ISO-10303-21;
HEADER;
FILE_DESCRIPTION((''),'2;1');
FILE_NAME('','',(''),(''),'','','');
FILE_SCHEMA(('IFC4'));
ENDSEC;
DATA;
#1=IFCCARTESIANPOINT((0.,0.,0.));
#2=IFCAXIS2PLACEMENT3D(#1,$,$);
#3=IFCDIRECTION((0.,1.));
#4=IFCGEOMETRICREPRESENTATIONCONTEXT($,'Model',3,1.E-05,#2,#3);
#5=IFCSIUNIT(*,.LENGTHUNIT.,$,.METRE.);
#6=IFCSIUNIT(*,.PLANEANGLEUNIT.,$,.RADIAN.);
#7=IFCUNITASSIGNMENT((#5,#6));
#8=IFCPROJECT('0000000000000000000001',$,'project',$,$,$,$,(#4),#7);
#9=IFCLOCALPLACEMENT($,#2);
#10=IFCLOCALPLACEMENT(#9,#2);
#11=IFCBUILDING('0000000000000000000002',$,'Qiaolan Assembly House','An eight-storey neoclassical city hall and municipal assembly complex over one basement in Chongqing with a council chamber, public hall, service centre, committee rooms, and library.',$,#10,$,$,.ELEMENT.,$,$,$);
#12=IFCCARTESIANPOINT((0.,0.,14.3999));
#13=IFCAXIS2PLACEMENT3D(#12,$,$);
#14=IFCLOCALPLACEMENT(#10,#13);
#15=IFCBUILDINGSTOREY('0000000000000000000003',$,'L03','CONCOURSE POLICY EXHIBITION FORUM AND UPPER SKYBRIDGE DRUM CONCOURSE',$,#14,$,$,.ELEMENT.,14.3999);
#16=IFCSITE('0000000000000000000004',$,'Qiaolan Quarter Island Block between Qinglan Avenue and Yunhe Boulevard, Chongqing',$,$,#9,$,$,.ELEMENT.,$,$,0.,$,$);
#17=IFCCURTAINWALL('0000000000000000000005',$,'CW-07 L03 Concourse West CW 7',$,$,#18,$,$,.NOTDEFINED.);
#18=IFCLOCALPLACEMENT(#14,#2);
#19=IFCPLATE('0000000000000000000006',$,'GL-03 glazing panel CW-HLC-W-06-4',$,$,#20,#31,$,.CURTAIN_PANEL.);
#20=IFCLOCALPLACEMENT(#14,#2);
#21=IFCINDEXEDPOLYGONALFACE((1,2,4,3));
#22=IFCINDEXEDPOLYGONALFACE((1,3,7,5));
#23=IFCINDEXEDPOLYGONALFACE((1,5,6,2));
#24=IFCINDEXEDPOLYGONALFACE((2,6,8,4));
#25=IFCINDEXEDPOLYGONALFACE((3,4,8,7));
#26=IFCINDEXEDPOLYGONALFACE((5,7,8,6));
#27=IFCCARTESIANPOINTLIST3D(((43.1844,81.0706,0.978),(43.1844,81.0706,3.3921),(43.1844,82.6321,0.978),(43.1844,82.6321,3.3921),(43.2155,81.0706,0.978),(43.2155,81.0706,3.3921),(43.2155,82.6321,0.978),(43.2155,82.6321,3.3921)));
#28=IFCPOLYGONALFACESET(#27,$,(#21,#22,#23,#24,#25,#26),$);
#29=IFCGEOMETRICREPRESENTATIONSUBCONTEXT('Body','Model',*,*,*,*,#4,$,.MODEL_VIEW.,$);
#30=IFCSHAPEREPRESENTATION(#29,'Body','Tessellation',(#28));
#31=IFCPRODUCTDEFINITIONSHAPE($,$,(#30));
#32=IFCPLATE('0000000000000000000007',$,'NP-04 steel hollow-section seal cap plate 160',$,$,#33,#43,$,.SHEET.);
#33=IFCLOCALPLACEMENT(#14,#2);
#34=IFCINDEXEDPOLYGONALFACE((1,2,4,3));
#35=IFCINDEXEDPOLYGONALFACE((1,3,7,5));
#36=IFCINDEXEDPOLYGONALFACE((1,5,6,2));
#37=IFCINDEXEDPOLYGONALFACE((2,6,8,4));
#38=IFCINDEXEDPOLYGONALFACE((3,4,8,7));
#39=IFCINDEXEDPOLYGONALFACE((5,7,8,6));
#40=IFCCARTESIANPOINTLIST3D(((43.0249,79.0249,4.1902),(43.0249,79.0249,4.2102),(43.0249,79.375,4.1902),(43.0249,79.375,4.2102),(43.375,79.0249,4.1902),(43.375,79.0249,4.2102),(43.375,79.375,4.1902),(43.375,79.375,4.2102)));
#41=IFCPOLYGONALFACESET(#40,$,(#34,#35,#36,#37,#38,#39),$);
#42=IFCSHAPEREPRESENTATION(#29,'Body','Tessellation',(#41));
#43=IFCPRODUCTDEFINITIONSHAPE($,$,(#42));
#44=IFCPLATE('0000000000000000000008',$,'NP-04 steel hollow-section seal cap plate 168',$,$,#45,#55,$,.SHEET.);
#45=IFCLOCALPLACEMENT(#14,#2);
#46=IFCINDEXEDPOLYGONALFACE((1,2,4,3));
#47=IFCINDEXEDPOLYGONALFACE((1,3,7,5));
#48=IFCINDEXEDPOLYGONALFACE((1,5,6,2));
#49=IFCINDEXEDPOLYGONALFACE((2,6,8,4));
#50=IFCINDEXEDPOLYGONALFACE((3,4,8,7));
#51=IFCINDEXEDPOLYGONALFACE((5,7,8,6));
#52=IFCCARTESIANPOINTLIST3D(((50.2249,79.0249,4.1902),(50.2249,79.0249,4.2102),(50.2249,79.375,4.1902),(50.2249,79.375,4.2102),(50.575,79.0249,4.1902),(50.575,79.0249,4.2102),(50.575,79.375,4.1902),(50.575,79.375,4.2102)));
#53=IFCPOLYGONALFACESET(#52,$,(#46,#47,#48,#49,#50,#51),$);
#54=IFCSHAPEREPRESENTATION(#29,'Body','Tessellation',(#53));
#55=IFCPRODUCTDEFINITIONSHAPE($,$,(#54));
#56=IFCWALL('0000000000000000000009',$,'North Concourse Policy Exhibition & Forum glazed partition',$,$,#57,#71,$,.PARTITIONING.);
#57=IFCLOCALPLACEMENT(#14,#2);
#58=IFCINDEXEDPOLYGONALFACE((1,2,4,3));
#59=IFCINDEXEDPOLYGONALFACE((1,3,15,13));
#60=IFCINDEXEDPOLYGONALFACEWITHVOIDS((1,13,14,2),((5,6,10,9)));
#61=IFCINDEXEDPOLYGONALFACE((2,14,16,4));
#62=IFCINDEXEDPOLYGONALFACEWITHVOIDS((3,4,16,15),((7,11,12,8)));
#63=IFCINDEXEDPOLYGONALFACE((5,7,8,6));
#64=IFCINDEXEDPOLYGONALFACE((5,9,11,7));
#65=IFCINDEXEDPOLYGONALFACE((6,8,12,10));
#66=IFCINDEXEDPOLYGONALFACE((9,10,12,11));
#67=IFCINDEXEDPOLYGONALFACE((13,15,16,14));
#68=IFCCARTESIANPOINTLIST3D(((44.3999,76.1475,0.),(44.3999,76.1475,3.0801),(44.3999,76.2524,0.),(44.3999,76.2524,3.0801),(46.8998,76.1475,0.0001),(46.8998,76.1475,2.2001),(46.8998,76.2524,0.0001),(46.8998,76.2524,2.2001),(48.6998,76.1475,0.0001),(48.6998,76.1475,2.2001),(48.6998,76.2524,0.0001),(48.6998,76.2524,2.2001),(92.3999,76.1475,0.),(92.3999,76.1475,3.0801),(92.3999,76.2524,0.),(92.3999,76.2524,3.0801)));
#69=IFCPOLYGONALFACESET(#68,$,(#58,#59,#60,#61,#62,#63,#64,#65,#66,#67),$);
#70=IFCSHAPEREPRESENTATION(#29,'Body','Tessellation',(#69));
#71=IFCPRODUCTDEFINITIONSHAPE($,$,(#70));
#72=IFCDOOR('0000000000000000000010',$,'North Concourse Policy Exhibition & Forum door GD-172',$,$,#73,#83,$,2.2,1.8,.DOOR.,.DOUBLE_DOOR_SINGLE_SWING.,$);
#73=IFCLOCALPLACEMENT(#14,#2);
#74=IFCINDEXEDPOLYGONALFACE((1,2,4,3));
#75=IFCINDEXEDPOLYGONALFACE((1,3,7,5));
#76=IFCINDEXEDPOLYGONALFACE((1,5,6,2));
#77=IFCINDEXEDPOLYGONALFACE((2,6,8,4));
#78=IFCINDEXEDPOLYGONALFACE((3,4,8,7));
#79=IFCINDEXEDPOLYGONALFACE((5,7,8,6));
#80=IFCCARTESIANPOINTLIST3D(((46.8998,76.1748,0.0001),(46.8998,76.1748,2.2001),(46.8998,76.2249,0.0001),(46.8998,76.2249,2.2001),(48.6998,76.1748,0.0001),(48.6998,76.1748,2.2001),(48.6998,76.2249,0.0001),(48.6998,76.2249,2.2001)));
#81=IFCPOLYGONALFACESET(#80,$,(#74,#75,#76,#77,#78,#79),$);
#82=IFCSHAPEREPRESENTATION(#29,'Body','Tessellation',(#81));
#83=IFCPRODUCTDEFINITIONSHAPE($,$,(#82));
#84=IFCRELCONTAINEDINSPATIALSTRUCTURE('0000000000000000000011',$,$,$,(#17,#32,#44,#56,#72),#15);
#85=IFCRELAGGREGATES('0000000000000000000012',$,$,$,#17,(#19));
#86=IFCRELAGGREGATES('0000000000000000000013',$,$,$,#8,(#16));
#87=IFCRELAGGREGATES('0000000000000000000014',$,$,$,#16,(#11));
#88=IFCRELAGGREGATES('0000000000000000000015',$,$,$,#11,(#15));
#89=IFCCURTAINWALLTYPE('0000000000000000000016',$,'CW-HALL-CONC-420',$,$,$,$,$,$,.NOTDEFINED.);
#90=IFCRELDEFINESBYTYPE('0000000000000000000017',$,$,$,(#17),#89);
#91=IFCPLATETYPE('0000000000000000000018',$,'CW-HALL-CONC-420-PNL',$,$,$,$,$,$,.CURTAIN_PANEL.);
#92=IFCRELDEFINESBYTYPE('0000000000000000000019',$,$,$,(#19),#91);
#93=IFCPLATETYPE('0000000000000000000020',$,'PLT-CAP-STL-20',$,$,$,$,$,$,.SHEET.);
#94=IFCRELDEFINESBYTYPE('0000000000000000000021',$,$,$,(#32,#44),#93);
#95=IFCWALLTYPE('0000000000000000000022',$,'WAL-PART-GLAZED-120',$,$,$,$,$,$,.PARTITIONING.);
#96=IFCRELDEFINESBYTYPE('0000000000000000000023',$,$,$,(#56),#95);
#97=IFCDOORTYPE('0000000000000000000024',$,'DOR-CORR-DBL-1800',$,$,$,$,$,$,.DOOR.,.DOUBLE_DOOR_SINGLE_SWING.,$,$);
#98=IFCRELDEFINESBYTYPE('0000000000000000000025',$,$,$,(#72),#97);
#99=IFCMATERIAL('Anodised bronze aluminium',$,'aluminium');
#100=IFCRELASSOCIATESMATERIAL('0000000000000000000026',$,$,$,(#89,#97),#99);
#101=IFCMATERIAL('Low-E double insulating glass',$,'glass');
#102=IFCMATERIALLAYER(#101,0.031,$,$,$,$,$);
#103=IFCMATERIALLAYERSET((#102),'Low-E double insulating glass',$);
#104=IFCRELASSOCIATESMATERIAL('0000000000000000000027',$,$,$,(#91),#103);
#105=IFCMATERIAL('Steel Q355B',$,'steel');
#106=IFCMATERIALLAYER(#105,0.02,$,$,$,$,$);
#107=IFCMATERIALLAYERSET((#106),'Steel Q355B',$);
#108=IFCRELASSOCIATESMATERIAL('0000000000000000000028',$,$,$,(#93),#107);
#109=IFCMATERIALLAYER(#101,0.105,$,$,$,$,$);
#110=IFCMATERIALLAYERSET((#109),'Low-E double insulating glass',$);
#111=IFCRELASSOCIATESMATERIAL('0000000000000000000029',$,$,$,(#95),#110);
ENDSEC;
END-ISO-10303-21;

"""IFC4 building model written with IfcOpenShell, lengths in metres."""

from ifc_helpers import new_model, si_unit, direction, frame, frame_2d, origin, origin_2d, place, context, subcontext, project, spatial, rectangle, extrude, material, layer, layer_set, type_object, element, fill, aggregate, save


model = new_model("IFC4")

# Units and contexts
model_context = context("Model", 3, precision=1e-05, world=origin(), true_north=direction((0.0, 1.0)))
body_context = subcontext(model_context, "Body", "Model", "MODEL_VIEW")
ifc_project = project(units=[si_unit("LENGTHUNIT", "METRE"), si_unit("PLANEANGLEUNIT", "RADIAN")], contexts=[model_context])

# Site, building, storey
site_placement = place(None, origin())
site = spatial("IfcSite", under=ifc_project, at=site_placement, Name="Qiaolan Quarter Island Block between Qinglan Avenue and Yunhe Boulevard, Chongqing", CompositionType="ELEMENT", RefElevation=0.0)
building_placement = place(site_placement, origin())
building = spatial("IfcBuilding", under=site, at=building_placement, Name="Qiaolan Assembly House", Description="An eight-storey neoclassical city hall and municipal assembly complex over one basement in Chongqing with a council chamber, public hall, service centre, committee rooms, and library.", CompositionType="ELEMENT")
storey_placement = place(building_placement, frame((0.0, 0.0, 14.3999)))
storey = spatial("IfcBuildingStorey", under=building, at=storey_placement, Name="L03", Description="CONCOURSE POLICY EXHIBITION FORUM AND UPPER SKYBRIDGE DRUM CONCOURSE", CompositionType="ELEMENT", Elevation=14.3999)

# Shared definitions
ifc_material_1 = material(Name="Steel Q355B", Category="steel")

# Curtain wall
ifc_material_2 = material(Name="Anodised bronze aluminium", Category="aluminium")
curtain_wall_type = type_object("IfcCurtainWallType", Name="CW-HALL-CONC-420", PredefinedType="NOTDEFINED", material=ifc_material_2)
curtain_wall_placement = place(storey_placement, origin())
curtain_wall = element("IfcCurtainWall", 1, at=curtain_wall_placement, inside=storey, type_object=curtain_wall_type, Name="CW-07 L03 Concourse West CW 7", PredefinedType="NOTDEFINED")

# Plate
ifc_material_3 = material(Name="Low-E double insulating glass", Category="glass")
ifc_layer_1 = layer(ifc_material_3, 0.031)
ifc_layer_set_1 = layer_set([ifc_layer_1], Name="Low-E double insulating glass")
plate_type_1 = type_object("IfcPlateType", Name="CW-HALL-CONC-420-PNL", PredefinedType="CURTAIN_PANEL", material=ifc_layer_set_1)
plate_1_placement = place(storey_placement, frame((43.2, 81.0706, 0.978), z_axis=(0.0, 0.0, 1.0), x_axis=(0.0, 1.0, 0.0)))
plate_1 = element("IfcPlate", 2, at=plate_1_placement, type_object=plate_type_1, Name="GL-03 glazing panel CW-HLC-W-06-4", PredefinedType="CURTAIN_PANEL", context=body_context, shape_type="SweptSolid", body=[
    extrude(rectangle(XDim=1.5615, YDim=0.031, at=frame_2d((0.7808, 0.0))), origin(), (0.0, 0.0, 1.0), 2.4141),
])
aggregate(curtain_wall, [plate_1])

# Plates
ifc_layer_2 = layer(ifc_material_1, 0.02)
ifc_layer_set_2 = layer_set([ifc_layer_2], Name="Steel Q355B")
plate_type_2 = type_object("IfcPlateType", Name="PLT-CAP-STL-20", PredefinedType="SHEET", material=ifc_layer_set_2)
for number, where, z_axis, x_axis, name in (
    (3, (43.2, 79.2, 4.1902), (0.0, 0.0, 1.0), (1.0, 0.0, 0.0), "NP-04 steel hollow-section seal cap plate 160"),
    (4, (50.3999, 79.2, 4.1902), (0.0, 0.0, 1.0), (1.0, 0.0, 0.0), "NP-04 steel hollow-section seal cap plate 168"),
):
    element("IfcPlate", number, at=place(storey_placement, frame(where, z_axis=z_axis, x_axis=x_axis)), inside=storey, type_object=plate_type_2, Name=name, PredefinedType="SHEET", context=body_context, shape_type="SweptSolid", body=[
        extrude(rectangle(XDim=0.3501, YDim=0.3501, at=origin_2d()), origin(), (0.0, 0.0, 1.0), 0.02),
    ])

# Wall, opening, door
ifc_layer_3 = layer(ifc_material_3, 0.105)
ifc_layer_set_3 = layer_set([ifc_layer_3], Name="Low-E double insulating glass")
wall_type = type_object("IfcWallType", Name="WAL-PART-GLAZED-120", PredefinedType="PARTITIONING", material=ifc_layer_set_3)
wall_placement = place(storey_placement, frame((44.3999, 76.2, 0.0), z_axis=(0.0, 0.0, 1.0), x_axis=(1.0, 0.0, 0.0)))
wall = element("IfcWall", 5, at=wall_placement, inside=storey, type_object=wall_type, Name="North Concourse Policy Exhibition & Forum glazed partition", PredefinedType="PARTITIONING", context=body_context, shape_type="SweptSolid", body=[
    extrude(rectangle(XDim=48.0, YDim=0.105, at=frame_2d((24.0, 0.0))), origin(), (0.0, 0.0, 1.0), 3.0801),
])
opening_placement = place(wall_placement, frame((2.5, 0.0, 0.0)))
opening = element("IfcOpeningElement", 6, at=opening_placement, cuts=wall, PredefinedType="OPENING", context=body_context, shape_type="SweptSolid", body=[
    extrude(rectangle(XDim=1.8, YDim=2.2, at=frame_2d((0.8999, 1.1001))), frame((0.0, 0.0625, 0.0), z_axis=(0.0, -1.0, 0.0), x_axis=(1.0, 0.0, 0.0)), (0.0, 0.0, 1.0), 0.125),
])
door_type = type_object("IfcDoorType", Name="DOR-CORR-DBL-1800", OperationType="DOUBLE_DOOR_SINGLE_SWING", PredefinedType="DOOR", material=ifc_material_2)
door_placement = place(opening_placement, origin())
door = element("IfcDoor", 7, at=door_placement, inside=storey, type_object=door_type, Name="North Concourse Policy Exhibition & Forum door GD-172", OperationType="DOUBLE_DOOR_SINGLE_SWING", OverallHeight=2.2, OverallWidth=1.8, PredefinedType="DOOR", context=body_context, shape_type="SweptSolid", body=[
    extrude(rectangle(XDim=1.8, YDim=2.2, at=frame_2d((0.8999, 1.1001))), frame((0.0, 0.0249, 0.0), z_axis=(0.0, -1.0, 0.0), x_axis=(1.0, 0.0, 0.0)), (0.0, 0.0, 1.0), 0.05),
])
fill(opening, door)

save(model, "model.ifc")
